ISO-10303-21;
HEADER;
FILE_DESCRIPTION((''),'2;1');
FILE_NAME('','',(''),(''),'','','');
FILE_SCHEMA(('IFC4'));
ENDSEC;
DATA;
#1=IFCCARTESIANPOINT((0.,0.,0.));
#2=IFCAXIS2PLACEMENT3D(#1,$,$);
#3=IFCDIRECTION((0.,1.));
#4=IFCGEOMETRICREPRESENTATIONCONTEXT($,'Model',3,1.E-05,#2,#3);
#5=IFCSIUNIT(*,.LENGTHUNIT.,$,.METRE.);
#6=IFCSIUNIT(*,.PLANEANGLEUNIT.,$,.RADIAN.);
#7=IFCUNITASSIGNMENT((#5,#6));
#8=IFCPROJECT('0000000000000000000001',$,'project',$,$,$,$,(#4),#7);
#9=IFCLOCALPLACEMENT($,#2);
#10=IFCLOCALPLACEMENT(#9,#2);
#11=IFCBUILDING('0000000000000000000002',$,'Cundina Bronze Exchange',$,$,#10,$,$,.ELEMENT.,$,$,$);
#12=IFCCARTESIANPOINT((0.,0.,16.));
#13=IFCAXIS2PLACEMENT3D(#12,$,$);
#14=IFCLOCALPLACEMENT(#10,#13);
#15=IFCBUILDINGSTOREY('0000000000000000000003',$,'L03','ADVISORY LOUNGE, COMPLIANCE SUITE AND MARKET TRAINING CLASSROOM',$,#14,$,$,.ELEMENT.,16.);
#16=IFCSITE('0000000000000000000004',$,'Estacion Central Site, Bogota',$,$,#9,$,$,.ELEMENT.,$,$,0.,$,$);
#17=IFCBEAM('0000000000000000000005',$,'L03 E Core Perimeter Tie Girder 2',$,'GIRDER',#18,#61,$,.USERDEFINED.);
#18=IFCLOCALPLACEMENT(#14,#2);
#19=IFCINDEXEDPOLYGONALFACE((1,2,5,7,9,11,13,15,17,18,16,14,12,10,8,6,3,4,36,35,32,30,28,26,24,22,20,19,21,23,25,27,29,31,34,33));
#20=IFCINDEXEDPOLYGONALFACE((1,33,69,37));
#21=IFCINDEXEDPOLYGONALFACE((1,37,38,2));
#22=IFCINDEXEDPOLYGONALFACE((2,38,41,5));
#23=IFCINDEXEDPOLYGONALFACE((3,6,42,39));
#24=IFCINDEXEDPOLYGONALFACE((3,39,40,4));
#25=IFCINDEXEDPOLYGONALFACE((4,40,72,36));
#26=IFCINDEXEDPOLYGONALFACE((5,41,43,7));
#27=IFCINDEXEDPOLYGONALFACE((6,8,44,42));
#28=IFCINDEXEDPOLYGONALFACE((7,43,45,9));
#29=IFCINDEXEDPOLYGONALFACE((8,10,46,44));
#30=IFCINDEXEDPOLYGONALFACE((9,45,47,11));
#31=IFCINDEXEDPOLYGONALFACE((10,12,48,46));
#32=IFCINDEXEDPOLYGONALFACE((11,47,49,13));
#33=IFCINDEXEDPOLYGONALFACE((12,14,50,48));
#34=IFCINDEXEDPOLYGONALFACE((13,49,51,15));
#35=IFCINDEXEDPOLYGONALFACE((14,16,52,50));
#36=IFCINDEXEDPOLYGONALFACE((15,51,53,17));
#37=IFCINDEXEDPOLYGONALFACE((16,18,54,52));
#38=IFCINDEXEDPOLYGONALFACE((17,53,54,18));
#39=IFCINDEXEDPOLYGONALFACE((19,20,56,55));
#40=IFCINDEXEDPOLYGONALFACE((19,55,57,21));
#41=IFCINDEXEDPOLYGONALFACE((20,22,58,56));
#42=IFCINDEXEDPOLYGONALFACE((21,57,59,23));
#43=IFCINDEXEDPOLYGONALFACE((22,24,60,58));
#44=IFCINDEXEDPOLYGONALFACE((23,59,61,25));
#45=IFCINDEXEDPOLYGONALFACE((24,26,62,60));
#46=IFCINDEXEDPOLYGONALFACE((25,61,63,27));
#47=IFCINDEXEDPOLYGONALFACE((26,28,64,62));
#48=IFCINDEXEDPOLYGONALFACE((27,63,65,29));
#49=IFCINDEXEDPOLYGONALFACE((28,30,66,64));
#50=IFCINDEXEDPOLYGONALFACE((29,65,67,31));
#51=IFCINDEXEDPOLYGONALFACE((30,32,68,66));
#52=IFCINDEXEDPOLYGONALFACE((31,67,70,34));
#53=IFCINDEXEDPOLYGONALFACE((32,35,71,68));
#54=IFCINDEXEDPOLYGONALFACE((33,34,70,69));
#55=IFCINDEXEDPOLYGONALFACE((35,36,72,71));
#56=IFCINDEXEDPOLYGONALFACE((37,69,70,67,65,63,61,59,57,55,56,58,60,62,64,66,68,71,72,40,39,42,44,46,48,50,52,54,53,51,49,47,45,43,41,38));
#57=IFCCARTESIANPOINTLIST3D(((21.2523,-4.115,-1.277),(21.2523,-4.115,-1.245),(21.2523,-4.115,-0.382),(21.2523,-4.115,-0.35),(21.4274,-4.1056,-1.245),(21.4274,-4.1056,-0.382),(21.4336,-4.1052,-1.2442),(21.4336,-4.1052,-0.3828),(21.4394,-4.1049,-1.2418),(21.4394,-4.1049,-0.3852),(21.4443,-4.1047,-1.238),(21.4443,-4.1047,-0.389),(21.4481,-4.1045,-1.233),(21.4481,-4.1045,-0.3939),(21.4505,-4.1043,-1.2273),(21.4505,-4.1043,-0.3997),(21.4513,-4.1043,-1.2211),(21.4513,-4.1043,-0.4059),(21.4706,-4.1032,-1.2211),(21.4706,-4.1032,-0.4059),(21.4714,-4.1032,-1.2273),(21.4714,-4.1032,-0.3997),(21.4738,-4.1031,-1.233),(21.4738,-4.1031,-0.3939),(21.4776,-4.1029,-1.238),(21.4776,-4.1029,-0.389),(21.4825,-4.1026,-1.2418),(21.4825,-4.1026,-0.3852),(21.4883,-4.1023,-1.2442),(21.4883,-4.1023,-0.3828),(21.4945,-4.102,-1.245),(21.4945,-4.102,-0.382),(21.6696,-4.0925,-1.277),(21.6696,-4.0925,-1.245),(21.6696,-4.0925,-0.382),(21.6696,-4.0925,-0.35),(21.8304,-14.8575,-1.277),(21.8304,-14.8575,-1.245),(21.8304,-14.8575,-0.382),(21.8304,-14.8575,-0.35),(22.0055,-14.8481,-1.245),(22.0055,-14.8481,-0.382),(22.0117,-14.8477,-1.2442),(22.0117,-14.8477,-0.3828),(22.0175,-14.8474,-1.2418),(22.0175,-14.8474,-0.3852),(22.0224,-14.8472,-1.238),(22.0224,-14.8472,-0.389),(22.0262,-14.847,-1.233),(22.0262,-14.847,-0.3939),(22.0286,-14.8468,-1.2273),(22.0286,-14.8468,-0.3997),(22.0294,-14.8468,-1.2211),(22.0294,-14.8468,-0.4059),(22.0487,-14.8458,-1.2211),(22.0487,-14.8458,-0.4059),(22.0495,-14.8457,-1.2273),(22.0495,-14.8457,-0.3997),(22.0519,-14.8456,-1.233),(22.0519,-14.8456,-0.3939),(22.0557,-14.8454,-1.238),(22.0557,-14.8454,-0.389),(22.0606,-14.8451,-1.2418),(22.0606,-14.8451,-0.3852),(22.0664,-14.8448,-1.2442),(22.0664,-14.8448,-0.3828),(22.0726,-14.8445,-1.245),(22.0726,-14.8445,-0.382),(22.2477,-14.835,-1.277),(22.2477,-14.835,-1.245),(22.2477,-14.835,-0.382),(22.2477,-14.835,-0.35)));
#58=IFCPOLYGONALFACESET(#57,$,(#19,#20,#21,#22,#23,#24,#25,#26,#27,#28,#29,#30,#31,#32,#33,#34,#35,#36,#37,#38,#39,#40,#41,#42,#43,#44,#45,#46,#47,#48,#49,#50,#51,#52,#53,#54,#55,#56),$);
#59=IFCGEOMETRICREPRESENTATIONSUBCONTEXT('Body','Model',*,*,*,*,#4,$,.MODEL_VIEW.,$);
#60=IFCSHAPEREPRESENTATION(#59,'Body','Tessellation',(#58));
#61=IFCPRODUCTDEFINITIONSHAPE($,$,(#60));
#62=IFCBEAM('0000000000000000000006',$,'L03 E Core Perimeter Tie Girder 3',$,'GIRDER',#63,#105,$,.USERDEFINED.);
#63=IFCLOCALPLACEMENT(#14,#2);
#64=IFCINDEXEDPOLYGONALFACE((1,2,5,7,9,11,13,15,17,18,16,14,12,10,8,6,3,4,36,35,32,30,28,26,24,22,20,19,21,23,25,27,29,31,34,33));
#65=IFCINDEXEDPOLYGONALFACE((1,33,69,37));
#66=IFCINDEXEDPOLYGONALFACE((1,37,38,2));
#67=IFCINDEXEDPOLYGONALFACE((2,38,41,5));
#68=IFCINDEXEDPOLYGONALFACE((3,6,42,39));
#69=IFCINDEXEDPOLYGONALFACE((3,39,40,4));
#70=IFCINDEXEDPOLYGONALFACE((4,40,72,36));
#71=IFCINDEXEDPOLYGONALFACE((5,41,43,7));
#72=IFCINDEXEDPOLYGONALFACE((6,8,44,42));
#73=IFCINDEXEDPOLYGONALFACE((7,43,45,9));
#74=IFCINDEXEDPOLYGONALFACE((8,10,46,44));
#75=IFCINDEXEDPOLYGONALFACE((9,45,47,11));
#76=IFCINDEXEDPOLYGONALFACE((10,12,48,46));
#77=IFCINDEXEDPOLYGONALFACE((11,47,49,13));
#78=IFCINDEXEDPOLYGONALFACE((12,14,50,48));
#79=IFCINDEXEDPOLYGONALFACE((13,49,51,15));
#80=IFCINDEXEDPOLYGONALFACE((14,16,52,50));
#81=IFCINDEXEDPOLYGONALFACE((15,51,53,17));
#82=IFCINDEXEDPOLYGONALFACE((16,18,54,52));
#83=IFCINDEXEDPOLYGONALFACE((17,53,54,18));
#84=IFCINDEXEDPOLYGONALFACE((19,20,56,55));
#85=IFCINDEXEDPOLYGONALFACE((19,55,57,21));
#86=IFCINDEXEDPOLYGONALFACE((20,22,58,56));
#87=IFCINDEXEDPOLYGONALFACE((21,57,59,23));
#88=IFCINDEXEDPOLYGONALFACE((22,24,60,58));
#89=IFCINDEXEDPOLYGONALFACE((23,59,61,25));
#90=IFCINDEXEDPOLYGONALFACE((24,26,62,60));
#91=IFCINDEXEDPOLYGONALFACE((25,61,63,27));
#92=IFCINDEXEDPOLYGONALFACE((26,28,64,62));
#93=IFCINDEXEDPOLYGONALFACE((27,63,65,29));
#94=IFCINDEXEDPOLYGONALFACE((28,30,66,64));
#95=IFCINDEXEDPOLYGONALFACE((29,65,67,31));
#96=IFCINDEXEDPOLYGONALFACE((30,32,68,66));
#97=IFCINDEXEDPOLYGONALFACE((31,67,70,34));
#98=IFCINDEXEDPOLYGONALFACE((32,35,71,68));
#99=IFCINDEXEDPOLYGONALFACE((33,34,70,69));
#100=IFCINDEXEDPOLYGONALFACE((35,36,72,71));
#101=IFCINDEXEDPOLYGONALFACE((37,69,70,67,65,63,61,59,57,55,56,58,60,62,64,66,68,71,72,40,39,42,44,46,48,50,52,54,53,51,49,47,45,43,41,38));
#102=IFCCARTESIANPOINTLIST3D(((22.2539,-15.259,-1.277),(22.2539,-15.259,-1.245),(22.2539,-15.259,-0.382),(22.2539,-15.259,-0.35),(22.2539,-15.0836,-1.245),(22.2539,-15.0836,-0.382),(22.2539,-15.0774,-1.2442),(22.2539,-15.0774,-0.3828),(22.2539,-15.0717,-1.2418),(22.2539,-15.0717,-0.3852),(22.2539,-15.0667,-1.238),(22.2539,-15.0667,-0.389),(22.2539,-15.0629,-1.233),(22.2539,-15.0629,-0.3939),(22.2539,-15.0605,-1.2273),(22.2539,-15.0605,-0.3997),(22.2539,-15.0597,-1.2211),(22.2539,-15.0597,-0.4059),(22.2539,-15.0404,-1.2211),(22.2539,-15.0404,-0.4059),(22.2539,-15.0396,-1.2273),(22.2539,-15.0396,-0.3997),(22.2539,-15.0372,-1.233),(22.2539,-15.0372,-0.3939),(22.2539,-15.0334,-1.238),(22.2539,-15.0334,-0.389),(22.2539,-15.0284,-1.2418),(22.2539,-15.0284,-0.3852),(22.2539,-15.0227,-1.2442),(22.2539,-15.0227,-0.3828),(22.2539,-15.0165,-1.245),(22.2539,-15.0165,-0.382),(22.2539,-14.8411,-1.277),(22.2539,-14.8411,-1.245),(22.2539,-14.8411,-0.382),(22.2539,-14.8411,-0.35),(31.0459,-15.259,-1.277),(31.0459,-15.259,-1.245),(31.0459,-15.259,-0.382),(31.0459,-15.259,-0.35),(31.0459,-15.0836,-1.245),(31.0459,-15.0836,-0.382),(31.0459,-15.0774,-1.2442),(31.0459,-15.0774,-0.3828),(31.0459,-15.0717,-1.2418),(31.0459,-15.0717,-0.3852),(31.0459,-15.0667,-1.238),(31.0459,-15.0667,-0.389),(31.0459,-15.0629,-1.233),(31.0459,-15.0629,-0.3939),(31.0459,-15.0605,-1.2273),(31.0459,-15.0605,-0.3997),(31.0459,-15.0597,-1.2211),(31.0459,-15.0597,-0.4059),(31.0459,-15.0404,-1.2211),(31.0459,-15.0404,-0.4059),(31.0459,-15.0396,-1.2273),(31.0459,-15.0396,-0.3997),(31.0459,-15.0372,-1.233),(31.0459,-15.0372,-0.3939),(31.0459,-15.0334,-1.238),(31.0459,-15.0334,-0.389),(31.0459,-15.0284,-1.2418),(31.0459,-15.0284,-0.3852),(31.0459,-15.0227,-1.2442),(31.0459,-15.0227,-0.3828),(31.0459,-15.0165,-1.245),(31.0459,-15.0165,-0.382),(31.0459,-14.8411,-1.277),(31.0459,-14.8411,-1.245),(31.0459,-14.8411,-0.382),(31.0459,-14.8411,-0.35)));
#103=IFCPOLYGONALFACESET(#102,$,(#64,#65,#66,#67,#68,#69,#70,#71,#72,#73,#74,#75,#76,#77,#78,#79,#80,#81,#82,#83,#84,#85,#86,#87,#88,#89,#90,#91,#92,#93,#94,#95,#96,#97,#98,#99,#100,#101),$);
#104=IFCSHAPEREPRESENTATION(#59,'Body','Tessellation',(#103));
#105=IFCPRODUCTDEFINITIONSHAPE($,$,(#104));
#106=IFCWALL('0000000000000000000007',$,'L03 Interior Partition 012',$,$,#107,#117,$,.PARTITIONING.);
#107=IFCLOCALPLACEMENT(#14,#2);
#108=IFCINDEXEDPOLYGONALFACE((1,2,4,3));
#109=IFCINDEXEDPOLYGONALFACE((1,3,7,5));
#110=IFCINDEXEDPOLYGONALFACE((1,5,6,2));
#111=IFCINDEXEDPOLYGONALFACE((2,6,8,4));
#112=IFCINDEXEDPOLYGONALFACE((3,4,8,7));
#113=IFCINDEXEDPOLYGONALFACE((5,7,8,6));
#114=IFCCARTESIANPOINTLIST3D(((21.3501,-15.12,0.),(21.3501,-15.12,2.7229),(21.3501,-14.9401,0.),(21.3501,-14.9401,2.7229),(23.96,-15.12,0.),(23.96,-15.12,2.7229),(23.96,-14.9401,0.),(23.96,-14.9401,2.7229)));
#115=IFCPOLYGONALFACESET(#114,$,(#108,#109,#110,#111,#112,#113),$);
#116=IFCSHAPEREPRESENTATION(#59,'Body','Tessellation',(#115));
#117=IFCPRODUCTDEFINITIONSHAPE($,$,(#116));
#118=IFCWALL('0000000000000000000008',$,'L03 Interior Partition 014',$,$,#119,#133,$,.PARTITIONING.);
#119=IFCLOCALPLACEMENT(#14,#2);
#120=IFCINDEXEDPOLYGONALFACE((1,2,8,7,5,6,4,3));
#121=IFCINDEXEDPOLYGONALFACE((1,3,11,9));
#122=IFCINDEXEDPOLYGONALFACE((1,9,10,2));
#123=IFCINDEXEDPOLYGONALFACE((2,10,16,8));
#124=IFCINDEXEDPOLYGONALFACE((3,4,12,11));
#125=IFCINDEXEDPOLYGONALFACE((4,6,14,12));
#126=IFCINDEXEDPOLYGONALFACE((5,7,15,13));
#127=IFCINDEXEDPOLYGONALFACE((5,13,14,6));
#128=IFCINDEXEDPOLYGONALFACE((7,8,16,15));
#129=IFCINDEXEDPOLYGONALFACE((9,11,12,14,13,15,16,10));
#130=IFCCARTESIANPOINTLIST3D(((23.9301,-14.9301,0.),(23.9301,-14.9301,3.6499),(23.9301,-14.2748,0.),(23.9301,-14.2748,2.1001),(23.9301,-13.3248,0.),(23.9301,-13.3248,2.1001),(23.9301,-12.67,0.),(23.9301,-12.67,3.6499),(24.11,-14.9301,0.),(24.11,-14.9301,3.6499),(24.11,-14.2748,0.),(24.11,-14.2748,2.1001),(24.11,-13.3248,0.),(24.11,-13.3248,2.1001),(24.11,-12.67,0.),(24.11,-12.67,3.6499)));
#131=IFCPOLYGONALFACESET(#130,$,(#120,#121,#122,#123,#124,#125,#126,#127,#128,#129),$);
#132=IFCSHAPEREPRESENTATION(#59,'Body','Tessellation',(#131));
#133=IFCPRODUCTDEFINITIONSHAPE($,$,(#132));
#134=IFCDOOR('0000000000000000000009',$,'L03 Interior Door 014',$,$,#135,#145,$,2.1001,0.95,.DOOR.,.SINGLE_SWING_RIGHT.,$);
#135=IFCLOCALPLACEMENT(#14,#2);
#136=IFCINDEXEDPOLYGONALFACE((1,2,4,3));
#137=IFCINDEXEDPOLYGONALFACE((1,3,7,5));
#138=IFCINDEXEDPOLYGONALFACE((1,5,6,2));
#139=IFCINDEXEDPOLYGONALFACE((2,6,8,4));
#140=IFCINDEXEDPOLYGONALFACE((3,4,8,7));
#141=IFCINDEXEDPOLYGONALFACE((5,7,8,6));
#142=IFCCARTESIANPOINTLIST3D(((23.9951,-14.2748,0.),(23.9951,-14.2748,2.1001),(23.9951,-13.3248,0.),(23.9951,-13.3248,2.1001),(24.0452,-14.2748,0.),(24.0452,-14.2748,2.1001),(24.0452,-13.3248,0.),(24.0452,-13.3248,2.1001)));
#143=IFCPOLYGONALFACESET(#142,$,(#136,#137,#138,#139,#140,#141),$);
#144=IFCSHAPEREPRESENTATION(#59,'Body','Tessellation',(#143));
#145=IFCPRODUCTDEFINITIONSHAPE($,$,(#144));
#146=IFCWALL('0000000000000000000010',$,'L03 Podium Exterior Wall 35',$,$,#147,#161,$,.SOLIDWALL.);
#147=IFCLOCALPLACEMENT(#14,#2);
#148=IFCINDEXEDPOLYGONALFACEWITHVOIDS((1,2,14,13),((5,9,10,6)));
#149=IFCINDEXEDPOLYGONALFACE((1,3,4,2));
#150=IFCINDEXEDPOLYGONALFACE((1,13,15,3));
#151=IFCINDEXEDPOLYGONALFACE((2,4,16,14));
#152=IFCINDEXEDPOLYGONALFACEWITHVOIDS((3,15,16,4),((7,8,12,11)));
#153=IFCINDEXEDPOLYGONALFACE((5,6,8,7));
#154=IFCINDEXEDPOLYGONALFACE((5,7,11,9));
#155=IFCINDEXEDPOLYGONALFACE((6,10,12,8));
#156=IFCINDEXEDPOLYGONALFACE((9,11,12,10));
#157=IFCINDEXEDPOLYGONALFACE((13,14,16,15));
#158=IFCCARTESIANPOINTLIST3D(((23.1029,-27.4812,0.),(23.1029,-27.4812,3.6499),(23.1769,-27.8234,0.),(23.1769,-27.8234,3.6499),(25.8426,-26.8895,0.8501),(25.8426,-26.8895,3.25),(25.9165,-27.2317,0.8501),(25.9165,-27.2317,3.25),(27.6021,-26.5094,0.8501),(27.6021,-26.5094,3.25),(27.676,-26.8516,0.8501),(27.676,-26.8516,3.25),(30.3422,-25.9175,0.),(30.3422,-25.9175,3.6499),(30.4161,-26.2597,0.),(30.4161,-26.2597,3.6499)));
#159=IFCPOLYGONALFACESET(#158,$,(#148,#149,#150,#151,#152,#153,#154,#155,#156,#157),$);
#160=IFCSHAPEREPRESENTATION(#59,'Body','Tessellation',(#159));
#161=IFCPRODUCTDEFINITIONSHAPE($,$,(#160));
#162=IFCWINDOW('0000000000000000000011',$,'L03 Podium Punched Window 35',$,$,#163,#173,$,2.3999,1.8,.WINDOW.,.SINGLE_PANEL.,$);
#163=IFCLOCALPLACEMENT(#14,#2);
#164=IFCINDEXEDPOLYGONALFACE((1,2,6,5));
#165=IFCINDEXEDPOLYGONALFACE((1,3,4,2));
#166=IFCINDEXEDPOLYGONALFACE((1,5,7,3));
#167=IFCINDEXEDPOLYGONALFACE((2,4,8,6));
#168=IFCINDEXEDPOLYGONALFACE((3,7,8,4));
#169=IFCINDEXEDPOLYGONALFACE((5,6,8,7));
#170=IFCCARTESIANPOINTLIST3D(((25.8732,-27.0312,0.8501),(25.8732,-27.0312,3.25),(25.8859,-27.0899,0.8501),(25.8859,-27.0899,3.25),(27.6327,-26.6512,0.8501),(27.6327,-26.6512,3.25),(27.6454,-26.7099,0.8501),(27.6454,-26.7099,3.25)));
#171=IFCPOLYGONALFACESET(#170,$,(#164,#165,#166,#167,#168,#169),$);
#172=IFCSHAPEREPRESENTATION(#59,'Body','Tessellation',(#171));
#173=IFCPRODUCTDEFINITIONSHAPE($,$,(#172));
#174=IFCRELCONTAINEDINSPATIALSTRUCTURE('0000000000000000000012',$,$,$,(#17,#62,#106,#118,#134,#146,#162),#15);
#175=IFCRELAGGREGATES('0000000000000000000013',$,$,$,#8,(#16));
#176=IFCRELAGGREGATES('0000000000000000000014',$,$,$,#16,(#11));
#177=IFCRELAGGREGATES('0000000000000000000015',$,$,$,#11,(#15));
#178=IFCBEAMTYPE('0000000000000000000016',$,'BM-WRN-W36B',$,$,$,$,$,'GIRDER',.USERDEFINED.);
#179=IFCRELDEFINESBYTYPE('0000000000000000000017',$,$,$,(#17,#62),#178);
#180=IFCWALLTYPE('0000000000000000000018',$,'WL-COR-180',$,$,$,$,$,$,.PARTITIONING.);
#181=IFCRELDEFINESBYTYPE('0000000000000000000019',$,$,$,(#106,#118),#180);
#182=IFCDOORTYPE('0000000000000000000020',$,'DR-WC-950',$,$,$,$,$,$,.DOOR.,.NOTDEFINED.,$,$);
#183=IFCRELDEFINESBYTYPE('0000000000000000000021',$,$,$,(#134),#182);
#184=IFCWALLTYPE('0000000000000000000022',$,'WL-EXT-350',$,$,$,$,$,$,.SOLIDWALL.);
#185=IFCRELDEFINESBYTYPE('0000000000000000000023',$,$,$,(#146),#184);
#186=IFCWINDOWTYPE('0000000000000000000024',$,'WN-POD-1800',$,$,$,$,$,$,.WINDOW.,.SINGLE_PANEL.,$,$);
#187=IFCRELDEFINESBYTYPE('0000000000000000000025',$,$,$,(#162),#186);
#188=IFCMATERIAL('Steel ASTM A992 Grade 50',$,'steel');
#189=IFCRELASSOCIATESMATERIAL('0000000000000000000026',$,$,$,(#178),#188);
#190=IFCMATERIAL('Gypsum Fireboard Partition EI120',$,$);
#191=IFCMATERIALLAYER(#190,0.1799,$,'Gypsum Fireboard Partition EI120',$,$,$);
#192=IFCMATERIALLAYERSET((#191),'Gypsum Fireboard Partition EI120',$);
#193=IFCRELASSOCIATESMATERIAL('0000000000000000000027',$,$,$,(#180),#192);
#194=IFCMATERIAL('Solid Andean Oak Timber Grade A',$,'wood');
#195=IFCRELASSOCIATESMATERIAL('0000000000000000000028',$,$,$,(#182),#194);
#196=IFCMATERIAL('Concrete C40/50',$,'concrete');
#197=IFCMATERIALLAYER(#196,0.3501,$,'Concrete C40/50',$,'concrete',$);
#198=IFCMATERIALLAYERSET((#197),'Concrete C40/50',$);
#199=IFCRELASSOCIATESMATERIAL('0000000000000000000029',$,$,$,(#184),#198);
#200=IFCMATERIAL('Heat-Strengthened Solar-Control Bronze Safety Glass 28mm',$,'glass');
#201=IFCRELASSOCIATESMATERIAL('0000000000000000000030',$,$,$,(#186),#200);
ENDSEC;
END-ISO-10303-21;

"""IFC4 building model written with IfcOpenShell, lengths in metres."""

from ifc_helpers import new_model, si_unit, direction, frame, frame_2d, origin, origin_2d, place, context, subcontext, project, spatial, rectangle, i_section, extrude, material, layer, layer_set, material_profile, profile_set, type_object, element, fill, save


model = new_model("IFC4")

# Units and contexts
model_context = context("Model", 3, precision=1e-05, world=origin(), true_north=direction((0.0, 1.0)))
body_context = subcontext(model_context, "Body", "Model", "MODEL_VIEW")
ifc_project = project(units=[si_unit("LENGTHUNIT", "METRE"), si_unit("PLANEANGLEUNIT", "RADIAN")], contexts=[model_context])

# Site, building, storey
site_placement = place(None, origin())
site = spatial("IfcSite", under=ifc_project, at=site_placement, Name="Estacion Central Site, Bogota", CompositionType="ELEMENT", RefElevation=0.0)
building_placement = place(site_placement, origin())
building = spatial("IfcBuilding", under=site, at=building_placement, Name="Cundina Bronze Exchange", CompositionType="ELEMENT")
storey_placement = place(building_placement, frame((0.0, 0.0, 16.0)))
storey = spatial("IfcBuildingStorey", under=building, at=storey_placement, Name="L03", Description="ADVISORY LOUNGE, COMPLIANCE SUITE AND MARKET TRAINING CLASSROOM", CompositionType="ELEMENT", Elevation=16.0)

# Shared definitions
ifc_material_1 = material(Name="Steel ASTM A992 Grade 50", Category="steel")

# Beams
ifc_material_profile_1 = material_profile(ifc_material_1, i_section(OverallWidth=0.418, OverallDepth=0.927, WebThickness=0.0193, FlangeThickness=0.032, FilletRadius=0.0239, at=origin_2d()), Name="W36X231", Category="steel")
ifc_profile_set_1 = profile_set([ifc_material_profile_1], Name="Steel ASTM A992 Grade 50")
beam_type_1 = type_object("IfcBeamType", Name="BM-WRN-W36B", ElementType="GIRDER", PredefinedType="USERDEFINED", material=ifc_profile_set_1)
beam_1_placement = place(storey_placement, frame((21.4609, -4.1038, -0.8135), z_axis=(0.053739, -0.998555, 0.0), x_axis=(0.998555, 0.053739, 0.0)))
element("IfcBeam", 1, at=beam_1_placement, inside=storey, type_object=beam_type_1, Name="L03 E Core Perimeter Tie Girder 2", ObjectType="GIRDER", PredefinedType="USERDEFINED", context=body_context, shape_type="SweptSolid", body=[
    extrude(i_section(OverallWidth=0.418, OverallDepth=0.927, WebThickness=0.0193, FlangeThickness=0.032, FilletRadius=0.0239, at=origin_2d()), origin(), (0.0, 0.0, 1.0), 10.7581),
])
beam_2_placement = place(storey_placement, frame((22.2539, -15.05, -0.8135), z_axis=(1.0, 0.0, 0.0), x_axis=(0.0, 1.0, 0.0)))
element("IfcBeam", 2, at=beam_2_placement, inside=storey, type_object=beam_type_1, Name="L03 E Core Perimeter Tie Girder 3", ObjectType="GIRDER", PredefinedType="USERDEFINED", context=body_context, shape_type="SweptSolid", body=[
    extrude(i_section(OverallWidth=0.418, OverallDepth=0.927, WebThickness=0.0193, FlangeThickness=0.032, FilletRadius=0.0239, at=origin_2d()), origin(), (0.0, 0.0, 1.0), 8.792),
])

# Wall
ifc_material_2 = material(Name="Gypsum Fireboard Partition EI120")
ifc_layer_1 = layer(ifc_material_2, 0.1799, Name="Gypsum Fireboard Partition EI120")
ifc_layer_set_1 = layer_set([ifc_layer_1], Name="Gypsum Fireboard Partition EI120")
wall_type_1 = type_object("IfcWallType", Name="WL-COR-180", PredefinedType="PARTITIONING", material=ifc_layer_set_1)
wall_1_placement = place(storey_placement, frame((21.3501, -15.03, 0.0), z_axis=(0.0, 0.0, 1.0), x_axis=(1.0, 0.0, 0.0)))
element("IfcWall", 3, at=wall_1_placement, inside=storey, type_object=wall_type_1, Name="L03 Interior Partition 012", PredefinedType="PARTITIONING", context=body_context, shape_type="SweptSolid", body=[
    extrude(rectangle(XDim=2.6099, YDim=0.1799, at=frame_2d((1.3049, 0.0))), origin(), (0.0, 0.0, 1.0), 2.7229),
])

# Wall, opening, door
wall_2_placement = place(storey_placement, frame((24.02, -14.9299, 0.0), z_axis=(0.0, 0.0, 1.0), x_axis=(0.0, 1.0, 0.0)))
wall_2 = element("IfcWall", 4, at=wall_2_placement, inside=storey, type_object=wall_type_1, Name="L03 Interior Partition 014", PredefinedType="PARTITIONING", context=body_context, shape_type="SweptSolid", body=[
    extrude(rectangle(XDim=2.26, YDim=0.1799, at=frame_2d((1.1299, 0.0))), origin(), (0.0, 0.0, 1.0), 3.6499),
])
opening_1_placement = place(wall_2_placement, frame((0.655, 0.0, 0.0)))
opening_1 = element("IfcOpeningElement", 5, at=opening_1_placement, cuts=wall_2, PredefinedType="OPENING", context=body_context, shape_type="SweptSolid", body=[
    extrude(rectangle(XDim=0.95, YDim=2.1001, at=frame_2d((0.4751, 1.05))), frame((0.0, 0.0999, 0.0), z_axis=(0.0, -1.0, 0.0), x_axis=(1.0, 0.0, 0.0)), (0.0, 0.0, 1.0), 0.2),
])
ifc_material_3 = material(Name="Solid Andean Oak Timber Grade A", Category="wood")
door_type_1 = type_object("IfcDoorType", Name="DR-WC-950", OperationType="NOTDEFINED", PredefinedType="DOOR", material=ifc_material_3)
door_1_placement = place(opening_1_placement, origin())
door_1 = element("IfcDoor", 6, at=door_1_placement, inside=storey, type_object=door_type_1, Name="L03 Interior Door 014", OperationType="SINGLE_SWING_RIGHT", OverallHeight=2.1001, OverallWidth=0.95, PredefinedType="DOOR", context=body_context, shape_type="SweptSolid", body=[
    extrude(rectangle(XDim=0.95, YDim=2.1001, at=frame_2d((0.4751, 1.05))), frame((0.0, 0.0249, 0.0), z_axis=(0.0, -1.0, 0.0), x_axis=(1.0, 0.0, 0.0)), (0.0, 0.0, 1.0), 0.05),
])
fill(opening_1, door_1)

# Wall, opening, window
ifc_material_4 = material(Name="Concrete C40/50", Category="concrete")
ifc_layer_2 = layer(ifc_material_4, 0.3501, Name="Concrete C40/50", Category="concrete")
ifc_layer_set_2 = layer_set([ifc_layer_2], Name="Concrete C40/50")
wall_type_2 = type_object("IfcWallType", Name="WL-EXT-350", PredefinedType="SOLIDWALL", material=ifc_layer_set_2)
wall_3_placement = place(storey_placement, frame((23.1399, -27.6523, 0.0), z_axis=(0.0, 0.0, 1.0), x_axis=(0.977457, 0.211136, 0.0)))
wall_3 = element("IfcWall", 7, at=wall_3_placement, inside=storey, type_object=wall_type_2, Name="L03 Podium Exterior Wall 35", PredefinedType="SOLIDWALL", context=body_context, shape_type="SweptSolid", body=[
    extrude(rectangle(XDim=7.4062, YDim=0.3501, at=frame_2d((3.7031, 0.0))), origin(), (0.0, 0.0, 1.0), 3.6499),
])
opening_2_placement = place(wall_3_placement, frame((2.803, 0.0, 0.8501)))
opening_2 = element("IfcOpeningElement", 8, at=opening_2_placement, cuts=wall_3, PredefinedType="OPENING", context=body_context, shape_type="SweptSolid", body=[
    extrude(rectangle(XDim=1.8, YDim=2.3999, at=frame_2d((0.8999, 1.2))), frame((0.0, 0.1851, 0.0), z_axis=(0.0, -1.0, 0.0), x_axis=(1.0, 0.0, 0.0)), (0.0, 0.0, 1.0), 0.3701),
])
ifc_material_5 = material(Name="Heat-Strengthened Solar-Control Bronze Safety Glass 28mm", Category="glass")
window_type = type_object("IfcWindowType", Name="WN-POD-1800", PartitioningType="SINGLE_PANEL", PredefinedType="WINDOW", material=ifc_material_5)
window_placement = place(opening_2_placement, origin())
window = element("IfcWindow", 9, at=window_placement, inside=storey, type_object=window_type, Name="L03 Podium Punched Window 35", OverallHeight=2.3999, OverallWidth=1.8, PartitioningType="SINGLE_PANEL", PredefinedType="WINDOW", context=body_context, shape_type="SweptSolid", body=[
    extrude(rectangle(XDim=1.8, YDim=2.3999, at=frame_2d((0.8999, 1.2))), frame((0.0, 0.03, 0.0), z_axis=(0.0, -1.0, 0.0), x_axis=(1.0, 0.0, 0.0)), (0.0, 0.0, 1.0), 0.0601),
])
fill(opening_2, window)

save(model, "model.ifc")
